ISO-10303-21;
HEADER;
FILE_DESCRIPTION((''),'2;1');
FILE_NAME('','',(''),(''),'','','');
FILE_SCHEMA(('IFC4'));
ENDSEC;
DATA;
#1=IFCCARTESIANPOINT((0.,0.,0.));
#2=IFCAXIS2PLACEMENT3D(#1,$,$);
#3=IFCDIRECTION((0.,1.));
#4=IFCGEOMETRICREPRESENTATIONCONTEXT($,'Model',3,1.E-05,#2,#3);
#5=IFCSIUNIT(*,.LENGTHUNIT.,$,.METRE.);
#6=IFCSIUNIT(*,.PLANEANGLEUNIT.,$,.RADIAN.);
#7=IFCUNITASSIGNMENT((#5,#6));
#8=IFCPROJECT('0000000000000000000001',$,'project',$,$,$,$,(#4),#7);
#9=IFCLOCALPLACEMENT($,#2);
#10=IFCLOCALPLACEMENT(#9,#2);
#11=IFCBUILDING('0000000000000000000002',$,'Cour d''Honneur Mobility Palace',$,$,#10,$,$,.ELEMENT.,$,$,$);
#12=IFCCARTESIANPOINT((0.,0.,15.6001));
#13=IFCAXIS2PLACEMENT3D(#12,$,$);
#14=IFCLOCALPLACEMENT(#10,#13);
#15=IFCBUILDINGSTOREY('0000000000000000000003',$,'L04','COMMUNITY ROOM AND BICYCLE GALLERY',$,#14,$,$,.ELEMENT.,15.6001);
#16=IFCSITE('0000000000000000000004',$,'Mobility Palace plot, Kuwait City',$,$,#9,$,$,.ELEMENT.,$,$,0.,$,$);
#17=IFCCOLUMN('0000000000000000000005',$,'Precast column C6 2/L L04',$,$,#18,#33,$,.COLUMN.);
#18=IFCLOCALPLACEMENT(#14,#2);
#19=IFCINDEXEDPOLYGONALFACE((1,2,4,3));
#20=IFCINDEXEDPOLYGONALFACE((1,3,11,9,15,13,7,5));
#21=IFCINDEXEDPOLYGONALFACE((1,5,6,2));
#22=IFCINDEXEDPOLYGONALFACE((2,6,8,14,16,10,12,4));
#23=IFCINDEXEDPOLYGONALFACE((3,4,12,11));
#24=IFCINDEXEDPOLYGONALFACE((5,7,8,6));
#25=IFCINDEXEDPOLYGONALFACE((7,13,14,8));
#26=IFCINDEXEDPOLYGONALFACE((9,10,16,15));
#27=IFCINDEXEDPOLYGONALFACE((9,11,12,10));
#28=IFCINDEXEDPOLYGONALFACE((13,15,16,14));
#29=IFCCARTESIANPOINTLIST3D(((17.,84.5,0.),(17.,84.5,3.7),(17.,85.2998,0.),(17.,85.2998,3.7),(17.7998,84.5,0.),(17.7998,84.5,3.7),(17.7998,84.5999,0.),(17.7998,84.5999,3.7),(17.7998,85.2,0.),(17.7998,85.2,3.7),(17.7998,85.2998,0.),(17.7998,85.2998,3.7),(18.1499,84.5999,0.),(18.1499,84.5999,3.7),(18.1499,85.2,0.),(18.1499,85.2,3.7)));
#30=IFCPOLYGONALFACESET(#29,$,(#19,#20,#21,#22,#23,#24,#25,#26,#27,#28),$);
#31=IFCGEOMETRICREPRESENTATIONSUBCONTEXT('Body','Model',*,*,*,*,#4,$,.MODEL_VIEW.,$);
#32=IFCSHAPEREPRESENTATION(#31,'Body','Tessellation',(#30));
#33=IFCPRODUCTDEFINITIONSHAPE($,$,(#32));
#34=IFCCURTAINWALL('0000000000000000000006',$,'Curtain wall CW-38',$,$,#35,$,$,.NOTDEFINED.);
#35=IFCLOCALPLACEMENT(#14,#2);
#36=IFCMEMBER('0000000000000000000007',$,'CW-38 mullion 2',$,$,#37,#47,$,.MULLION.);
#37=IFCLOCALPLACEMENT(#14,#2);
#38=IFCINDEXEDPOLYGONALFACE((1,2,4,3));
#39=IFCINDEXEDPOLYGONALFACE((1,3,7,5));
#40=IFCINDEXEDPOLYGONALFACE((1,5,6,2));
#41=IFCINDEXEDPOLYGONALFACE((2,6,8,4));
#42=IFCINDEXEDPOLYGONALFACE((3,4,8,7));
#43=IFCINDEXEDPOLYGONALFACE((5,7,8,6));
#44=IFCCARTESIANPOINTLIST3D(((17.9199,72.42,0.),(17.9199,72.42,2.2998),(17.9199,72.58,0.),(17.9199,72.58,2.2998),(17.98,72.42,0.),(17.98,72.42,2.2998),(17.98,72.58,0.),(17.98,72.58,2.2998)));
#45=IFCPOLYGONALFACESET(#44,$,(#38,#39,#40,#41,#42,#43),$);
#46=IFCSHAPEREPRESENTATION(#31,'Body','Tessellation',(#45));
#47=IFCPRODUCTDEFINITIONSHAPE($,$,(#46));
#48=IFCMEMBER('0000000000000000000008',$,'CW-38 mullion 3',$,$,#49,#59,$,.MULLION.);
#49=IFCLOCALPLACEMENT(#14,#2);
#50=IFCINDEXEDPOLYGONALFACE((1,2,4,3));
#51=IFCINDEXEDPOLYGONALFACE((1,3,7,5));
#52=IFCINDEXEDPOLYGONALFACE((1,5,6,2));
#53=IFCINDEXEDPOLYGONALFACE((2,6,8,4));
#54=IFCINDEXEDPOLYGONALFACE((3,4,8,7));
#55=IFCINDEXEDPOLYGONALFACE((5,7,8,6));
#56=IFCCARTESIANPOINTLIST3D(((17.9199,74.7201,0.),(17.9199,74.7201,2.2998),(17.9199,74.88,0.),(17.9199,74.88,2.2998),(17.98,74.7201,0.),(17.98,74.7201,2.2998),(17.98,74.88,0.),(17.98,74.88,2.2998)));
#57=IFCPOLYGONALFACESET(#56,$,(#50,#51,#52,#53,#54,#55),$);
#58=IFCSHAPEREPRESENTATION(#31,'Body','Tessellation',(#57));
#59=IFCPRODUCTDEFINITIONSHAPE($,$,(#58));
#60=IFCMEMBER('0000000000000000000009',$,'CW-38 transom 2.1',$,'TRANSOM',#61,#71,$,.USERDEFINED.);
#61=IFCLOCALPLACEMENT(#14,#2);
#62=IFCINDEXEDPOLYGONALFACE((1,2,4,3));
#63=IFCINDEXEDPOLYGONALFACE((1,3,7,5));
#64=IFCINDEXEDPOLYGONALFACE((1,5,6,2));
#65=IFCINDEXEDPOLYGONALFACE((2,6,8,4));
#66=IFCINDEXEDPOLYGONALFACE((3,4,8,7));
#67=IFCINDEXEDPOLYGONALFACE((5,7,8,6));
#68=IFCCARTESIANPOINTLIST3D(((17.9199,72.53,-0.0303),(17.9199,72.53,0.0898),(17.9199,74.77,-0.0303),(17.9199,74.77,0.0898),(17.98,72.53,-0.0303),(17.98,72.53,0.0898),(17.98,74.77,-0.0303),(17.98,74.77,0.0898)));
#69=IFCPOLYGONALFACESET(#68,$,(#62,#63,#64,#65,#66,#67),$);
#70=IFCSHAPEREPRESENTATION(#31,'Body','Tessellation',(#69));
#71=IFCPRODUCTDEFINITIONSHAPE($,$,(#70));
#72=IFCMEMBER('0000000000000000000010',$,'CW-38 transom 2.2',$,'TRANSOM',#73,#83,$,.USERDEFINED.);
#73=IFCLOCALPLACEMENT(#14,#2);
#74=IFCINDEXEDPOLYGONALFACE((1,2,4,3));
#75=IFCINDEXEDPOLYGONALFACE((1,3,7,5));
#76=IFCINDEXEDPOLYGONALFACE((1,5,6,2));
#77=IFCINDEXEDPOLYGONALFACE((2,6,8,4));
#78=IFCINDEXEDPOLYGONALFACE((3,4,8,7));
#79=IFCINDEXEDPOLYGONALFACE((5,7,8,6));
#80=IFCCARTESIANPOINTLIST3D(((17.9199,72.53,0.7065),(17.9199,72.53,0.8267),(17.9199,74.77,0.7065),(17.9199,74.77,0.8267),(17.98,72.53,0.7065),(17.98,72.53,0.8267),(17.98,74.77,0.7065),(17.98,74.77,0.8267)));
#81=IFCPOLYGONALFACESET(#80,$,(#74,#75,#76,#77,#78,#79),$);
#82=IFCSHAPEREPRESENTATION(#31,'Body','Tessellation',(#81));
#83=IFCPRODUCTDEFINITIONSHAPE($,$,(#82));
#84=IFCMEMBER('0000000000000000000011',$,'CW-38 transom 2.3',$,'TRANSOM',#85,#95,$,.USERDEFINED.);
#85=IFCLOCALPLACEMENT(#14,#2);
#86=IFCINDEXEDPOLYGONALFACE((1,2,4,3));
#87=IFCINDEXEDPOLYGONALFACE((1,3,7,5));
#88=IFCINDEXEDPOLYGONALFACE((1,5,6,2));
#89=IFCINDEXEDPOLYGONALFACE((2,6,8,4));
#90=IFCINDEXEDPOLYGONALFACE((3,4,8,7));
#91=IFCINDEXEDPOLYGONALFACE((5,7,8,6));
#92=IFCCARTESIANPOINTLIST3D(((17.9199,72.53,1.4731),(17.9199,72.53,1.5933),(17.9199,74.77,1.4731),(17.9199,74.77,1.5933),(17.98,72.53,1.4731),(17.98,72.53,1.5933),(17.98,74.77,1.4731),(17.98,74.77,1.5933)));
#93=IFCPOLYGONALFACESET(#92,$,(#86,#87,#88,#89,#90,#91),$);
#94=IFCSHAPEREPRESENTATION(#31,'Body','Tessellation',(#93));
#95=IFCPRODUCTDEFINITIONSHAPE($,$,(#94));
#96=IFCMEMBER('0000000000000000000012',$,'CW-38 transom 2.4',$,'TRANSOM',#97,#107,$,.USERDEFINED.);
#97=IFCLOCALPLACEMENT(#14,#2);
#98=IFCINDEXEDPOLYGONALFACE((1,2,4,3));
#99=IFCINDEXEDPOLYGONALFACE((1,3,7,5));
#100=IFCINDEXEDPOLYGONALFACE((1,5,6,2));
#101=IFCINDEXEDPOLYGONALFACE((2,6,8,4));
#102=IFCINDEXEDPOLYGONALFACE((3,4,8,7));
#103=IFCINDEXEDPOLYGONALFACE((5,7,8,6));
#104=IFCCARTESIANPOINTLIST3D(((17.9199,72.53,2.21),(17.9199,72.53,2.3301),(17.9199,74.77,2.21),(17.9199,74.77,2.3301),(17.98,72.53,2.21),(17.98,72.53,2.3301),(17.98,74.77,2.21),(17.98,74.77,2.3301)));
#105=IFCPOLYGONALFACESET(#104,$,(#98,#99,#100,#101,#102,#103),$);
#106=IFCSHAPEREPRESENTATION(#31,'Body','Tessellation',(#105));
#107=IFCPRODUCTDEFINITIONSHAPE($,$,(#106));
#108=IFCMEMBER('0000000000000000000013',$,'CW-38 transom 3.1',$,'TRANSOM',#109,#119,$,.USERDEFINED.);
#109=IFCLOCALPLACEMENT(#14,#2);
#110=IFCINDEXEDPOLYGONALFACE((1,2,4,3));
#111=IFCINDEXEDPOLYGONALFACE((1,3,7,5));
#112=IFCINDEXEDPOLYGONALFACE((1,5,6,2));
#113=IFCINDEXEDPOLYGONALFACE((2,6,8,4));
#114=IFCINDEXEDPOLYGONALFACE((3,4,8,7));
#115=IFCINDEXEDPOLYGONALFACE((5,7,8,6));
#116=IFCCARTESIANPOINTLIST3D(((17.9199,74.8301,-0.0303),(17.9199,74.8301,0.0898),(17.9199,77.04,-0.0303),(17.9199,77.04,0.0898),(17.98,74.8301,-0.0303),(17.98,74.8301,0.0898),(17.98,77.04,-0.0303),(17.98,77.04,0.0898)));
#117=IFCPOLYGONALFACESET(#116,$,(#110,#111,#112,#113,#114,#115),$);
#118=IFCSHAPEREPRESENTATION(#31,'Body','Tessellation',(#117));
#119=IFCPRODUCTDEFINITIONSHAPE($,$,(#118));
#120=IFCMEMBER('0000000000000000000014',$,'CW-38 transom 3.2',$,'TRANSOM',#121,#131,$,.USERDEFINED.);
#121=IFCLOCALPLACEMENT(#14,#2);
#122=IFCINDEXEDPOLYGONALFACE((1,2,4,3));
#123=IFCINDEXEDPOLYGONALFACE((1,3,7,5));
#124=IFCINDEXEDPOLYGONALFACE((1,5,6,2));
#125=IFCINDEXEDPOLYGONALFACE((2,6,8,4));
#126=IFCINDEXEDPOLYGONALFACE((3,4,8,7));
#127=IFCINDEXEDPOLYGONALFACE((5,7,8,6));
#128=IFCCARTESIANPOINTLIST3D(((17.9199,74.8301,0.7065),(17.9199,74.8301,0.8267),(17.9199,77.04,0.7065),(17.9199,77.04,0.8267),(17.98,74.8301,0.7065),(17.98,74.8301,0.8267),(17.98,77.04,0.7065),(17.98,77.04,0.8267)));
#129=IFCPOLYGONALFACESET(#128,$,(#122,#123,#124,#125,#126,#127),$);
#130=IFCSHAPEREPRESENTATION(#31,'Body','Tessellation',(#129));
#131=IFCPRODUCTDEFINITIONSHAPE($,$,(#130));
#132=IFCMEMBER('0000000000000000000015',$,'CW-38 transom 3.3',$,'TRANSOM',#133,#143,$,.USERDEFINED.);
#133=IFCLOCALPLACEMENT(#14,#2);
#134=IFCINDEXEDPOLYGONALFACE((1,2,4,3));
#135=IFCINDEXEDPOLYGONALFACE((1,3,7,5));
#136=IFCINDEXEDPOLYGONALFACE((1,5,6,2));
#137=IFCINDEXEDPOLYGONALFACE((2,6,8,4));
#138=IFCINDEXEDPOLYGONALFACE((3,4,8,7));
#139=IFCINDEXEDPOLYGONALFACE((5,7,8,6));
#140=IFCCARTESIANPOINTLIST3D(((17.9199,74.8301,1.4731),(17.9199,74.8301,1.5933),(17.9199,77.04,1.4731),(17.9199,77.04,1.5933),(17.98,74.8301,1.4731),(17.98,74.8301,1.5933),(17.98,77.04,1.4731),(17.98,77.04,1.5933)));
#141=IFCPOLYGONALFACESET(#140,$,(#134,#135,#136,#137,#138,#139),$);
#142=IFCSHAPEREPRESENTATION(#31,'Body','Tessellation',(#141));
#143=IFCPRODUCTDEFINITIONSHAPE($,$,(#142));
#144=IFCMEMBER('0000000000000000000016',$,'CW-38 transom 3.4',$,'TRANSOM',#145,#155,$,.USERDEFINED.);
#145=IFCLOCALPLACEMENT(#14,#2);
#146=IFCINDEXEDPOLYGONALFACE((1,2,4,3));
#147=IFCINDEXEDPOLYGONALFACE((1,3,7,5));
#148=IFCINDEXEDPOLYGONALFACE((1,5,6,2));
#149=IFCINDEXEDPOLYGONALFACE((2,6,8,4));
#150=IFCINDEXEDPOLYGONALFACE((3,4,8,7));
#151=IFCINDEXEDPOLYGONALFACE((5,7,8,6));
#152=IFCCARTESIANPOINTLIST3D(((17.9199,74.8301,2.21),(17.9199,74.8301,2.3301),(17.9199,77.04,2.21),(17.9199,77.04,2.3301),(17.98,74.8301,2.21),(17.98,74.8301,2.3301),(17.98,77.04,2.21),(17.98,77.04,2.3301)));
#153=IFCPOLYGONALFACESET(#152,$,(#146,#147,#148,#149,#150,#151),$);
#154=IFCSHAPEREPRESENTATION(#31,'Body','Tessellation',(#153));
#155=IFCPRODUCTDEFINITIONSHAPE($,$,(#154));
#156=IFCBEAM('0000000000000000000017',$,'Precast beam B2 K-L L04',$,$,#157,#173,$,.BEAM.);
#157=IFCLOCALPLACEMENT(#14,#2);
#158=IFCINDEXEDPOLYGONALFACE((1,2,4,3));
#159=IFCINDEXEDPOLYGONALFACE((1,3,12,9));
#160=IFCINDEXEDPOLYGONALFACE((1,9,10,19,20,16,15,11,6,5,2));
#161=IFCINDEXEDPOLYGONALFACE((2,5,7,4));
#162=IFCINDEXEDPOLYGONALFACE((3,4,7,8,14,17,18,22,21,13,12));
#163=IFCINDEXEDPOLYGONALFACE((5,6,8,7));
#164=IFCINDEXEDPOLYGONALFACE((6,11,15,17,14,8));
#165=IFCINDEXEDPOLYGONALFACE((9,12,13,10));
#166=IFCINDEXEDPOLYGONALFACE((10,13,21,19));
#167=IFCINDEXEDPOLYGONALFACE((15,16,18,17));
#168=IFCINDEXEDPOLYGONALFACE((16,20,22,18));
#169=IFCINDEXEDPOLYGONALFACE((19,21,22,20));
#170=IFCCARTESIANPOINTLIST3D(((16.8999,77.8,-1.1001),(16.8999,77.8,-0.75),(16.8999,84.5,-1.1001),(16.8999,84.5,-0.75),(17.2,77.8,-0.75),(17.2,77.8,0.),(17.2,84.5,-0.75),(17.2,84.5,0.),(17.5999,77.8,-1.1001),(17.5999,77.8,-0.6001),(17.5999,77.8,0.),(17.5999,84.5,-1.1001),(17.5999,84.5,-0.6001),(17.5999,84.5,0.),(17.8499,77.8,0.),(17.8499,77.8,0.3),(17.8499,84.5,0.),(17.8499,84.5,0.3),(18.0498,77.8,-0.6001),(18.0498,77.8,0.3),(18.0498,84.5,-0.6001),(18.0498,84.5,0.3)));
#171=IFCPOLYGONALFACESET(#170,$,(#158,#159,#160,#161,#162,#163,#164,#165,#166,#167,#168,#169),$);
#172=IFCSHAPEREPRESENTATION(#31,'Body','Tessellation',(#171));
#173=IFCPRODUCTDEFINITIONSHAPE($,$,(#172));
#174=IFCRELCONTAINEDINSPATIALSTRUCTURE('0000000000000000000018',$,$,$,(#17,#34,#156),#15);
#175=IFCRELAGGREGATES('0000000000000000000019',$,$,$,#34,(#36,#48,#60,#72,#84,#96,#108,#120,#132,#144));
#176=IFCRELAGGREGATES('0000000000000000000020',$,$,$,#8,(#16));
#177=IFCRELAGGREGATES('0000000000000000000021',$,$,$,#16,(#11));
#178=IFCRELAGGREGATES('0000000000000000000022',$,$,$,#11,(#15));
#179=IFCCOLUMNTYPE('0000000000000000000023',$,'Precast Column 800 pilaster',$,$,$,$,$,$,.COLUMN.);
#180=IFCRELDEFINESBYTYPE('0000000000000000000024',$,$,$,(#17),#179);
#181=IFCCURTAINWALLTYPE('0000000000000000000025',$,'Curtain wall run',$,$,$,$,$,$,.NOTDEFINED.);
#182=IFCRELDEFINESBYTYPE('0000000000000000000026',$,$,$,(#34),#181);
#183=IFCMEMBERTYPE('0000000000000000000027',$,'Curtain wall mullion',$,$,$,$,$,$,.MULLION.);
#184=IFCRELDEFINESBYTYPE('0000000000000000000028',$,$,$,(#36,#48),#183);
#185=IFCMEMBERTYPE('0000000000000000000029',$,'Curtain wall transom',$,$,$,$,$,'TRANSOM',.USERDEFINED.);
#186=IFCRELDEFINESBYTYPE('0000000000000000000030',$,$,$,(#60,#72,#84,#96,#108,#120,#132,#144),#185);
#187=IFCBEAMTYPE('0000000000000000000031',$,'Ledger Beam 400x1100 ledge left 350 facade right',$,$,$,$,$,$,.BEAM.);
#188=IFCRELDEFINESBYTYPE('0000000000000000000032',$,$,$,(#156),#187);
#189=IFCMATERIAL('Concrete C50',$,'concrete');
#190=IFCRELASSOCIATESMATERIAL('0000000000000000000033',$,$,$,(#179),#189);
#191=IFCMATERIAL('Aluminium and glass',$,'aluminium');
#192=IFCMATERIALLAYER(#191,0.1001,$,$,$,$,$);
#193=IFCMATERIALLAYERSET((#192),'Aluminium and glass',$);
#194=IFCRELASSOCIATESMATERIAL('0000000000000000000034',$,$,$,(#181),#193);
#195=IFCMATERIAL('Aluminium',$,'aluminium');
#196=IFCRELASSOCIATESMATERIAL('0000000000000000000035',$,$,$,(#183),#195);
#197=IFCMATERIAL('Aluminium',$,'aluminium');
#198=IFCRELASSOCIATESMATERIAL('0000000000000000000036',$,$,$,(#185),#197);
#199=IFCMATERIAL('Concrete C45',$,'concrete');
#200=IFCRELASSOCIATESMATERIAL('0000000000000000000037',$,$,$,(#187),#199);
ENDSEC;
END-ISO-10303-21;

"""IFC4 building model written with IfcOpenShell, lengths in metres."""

from ifc_helpers import new_model, si_unit, direction, frame, origin, origin_2d, place, context, subcontext, project, spatial, polyline, rectangle, outline, extrude, material, layer, layer_set, material_profile, profile_set, type_object, element, aggregate, save


model = new_model("IFC4")

# Units and contexts
model_context = context("Model", 3, precision=1e-05, world=origin(), true_north=direction((0.0, 1.0)))
body_context = subcontext(model_context, "Body", "Model", "MODEL_VIEW")
ifc_project = project(units=[si_unit("LENGTHUNIT", "METRE"), si_unit("PLANEANGLEUNIT", "RADIAN")], contexts=[model_context])

# Site, building, storey
site_placement = place(None, origin())
site = spatial("IfcSite", under=ifc_project, at=site_placement, Name="Mobility Palace plot, Kuwait City", CompositionType="ELEMENT", RefElevation=0.0)
building_placement = place(site_placement, origin())
building = spatial("IfcBuilding", under=site, at=building_placement, Name="Cour d'Honneur Mobility Palace", CompositionType="ELEMENT")
storey_placement = place(building_placement, frame((0.0, 0.0, 15.6001)))
storey = spatial("IfcBuildingStorey", under=building, at=storey_placement, Name="L04", Description="COMMUNITY ROOM AND BICYCLE GALLERY", CompositionType="ELEMENT", Elevation=15.6001)

# Column
ifc_material_1 = material(Name="Concrete C50", Category="concrete")
ifc_material_profile_1 = material_profile(ifc_material_1, outline(polyline([(-0.3999, -0.3999), (0.3999, -0.3999), (0.3999, -0.3), (0.75, -0.3), (0.75, 0.3), (0.3999, 0.3), (0.3999, 0.3999), (-0.3999, 0.3999), (-0.3999, -0.3999)])), Name="PC C800 pilaster")
ifc_profile_set_1 = profile_set([ifc_material_profile_1], Name="Concrete C50")
column_type = type_object("IfcColumnType", Name="Precast Column 800 pilaster", PredefinedType="COLUMN", material=ifc_profile_set_1)
column_placement = place(storey_placement, frame((17.3999, 84.8999, 0.0), z_axis=(0.0, 0.0, 1.0), x_axis=(1.0, 0.0, 0.0)))
element("IfcColumn", 1, at=column_placement, inside=storey, type_object=column_type, Name="Precast column C6 2/L L04", PredefinedType="COLUMN", context=body_context, shape_type="SweptSolid", body=[
    extrude(outline(polyline([(-0.3999, -0.3999), (0.3999, -0.3999), (0.3999, -0.3), (0.75, -0.3), (0.75, 0.3), (0.3999, 0.3), (0.3999, 0.3999), (-0.3999, 0.3999), (-0.3999, -0.3999)])), origin(), (0.0, 0.0, 1.0), 3.7),
])

# Curtain wall, members
ifc_material_2 = material(Name="Aluminium and glass", Category="aluminium")
ifc_layer_1 = layer(ifc_material_2, 0.1001)
ifc_layer_set_1 = layer_set([ifc_layer_1], Name="Aluminium and glass")
curtain_wall_type = type_object("IfcCurtainWallType", Name="Curtain wall run", PredefinedType="NOTDEFINED", material=ifc_layer_set_1)
curtain_wall_placement = place(storey_placement, origin())
curtain_wall = element("IfcCurtainWall", 2, at=curtain_wall_placement, inside=storey, type_object=curtain_wall_type, Name="Curtain wall CW-38", PredefinedType="NOTDEFINED")
ifc_material_3 = material(Name="Aluminium", Category="aluminium")
ifc_material_profile_2 = material_profile(ifc_material_3, rectangle(XDim=0.0601, YDim=0.1599, at=origin_2d()), Name="Curtain wall mullion")
ifc_profile_set_2 = profile_set([ifc_material_profile_2], Name="Aluminium")
member_type_1 = type_object("IfcMemberType", Name="Curtain wall mullion", PredefinedType="MULLION", material=ifc_profile_set_2)
member_1_placement = place(storey_placement, frame((17.95, 72.5, 0.0), z_axis=(0.0, 0.0, 1.0), x_axis=(-1.0, 0.0, 0.0)))
member_1 = element("IfcMember", 3, at=member_1_placement, type_object=member_type_1, Name="CW-38 mullion 2", PredefinedType="MULLION", context=body_context, shape_type="SweptSolid", body=[
    extrude(rectangle(XDim=0.0601, YDim=0.1599, at=origin_2d()), origin(), (0.0, 0.0, 1.0), 2.2998),
])
member_2_placement = place(storey_placement, frame((17.95, 74.8, 0.0), z_axis=(0.0, 0.0, 1.0), x_axis=(-1.0, 0.0, 0.0)))
member_2 = element("IfcMember", 4, at=member_2_placement, type_object=member_type_1, Name="CW-38 mullion 3", PredefinedType="MULLION", context=body_context, shape_type="SweptSolid", body=[
    extrude(rectangle(XDim=0.0601, YDim=0.1599, at=origin_2d()), origin(), (0.0, 0.0, 1.0), 2.2998),
])
ifc_material_4 = material(Name="Aluminium", Category="aluminium")
ifc_material_profile_3 = material_profile(ifc_material_4, rectangle(XDim=0.0601, YDim=0.1201, at=origin_2d()), Name="Curtain wall transom")
ifc_profile_set_3 = profile_set([ifc_material_profile_3], Name="Aluminium")
member_type_2 = type_object("IfcMemberType", Name="Curtain wall transom", ElementType="TRANSOM", PredefinedType="USERDEFINED", material=ifc_profile_set_3)
member_3_placement = place(storey_placement, frame((17.95, 72.53, 0.0298), z_axis=(0.0, 1.0, 0.0), x_axis=(-1.0, 0.0, 0.0)))
member_3 = element("IfcMember", 5, at=member_3_placement, type_object=member_type_2, Name="CW-38 transom 2.1", ObjectType="TRANSOM", PredefinedType="USERDEFINED", context=body_context, shape_type="SweptSolid", body=[
    extrude(rectangle(XDim=0.0601, YDim=0.1201, at=origin_2d()), origin(), (0.0, 0.0, 1.0), 2.24),
])
member_4_placement = place(storey_placement, frame((17.95, 72.53, 0.7666), z_axis=(0.0, 1.0, 0.0), x_axis=(-1.0, 0.0, 0.0)))
member_4 = element("IfcMember", 6, at=member_4_placement, type_object=member_type_2, Name="CW-38 transom 2.2", ObjectType="TRANSOM", PredefinedType="USERDEFINED", context=body_context, shape_type="SweptSolid", body=[
    extrude(rectangle(XDim=0.0601, YDim=0.1201, at=origin_2d()), origin(), (0.0, 0.0, 1.0), 2.24),
])
member_5_placement = place(storey_placement, frame((17.95, 72.53, 1.5332), z_axis=(0.0, 1.0, 0.0), x_axis=(-1.0, 0.0, 0.0)))
member_5 = element("IfcMember", 7, at=member_5_placement, type_object=member_type_2, Name="CW-38 transom 2.3", ObjectType="TRANSOM", PredefinedType="USERDEFINED", context=body_context, shape_type="SweptSolid", body=[
    extrude(rectangle(XDim=0.0601, YDim=0.1201, at=origin_2d()), origin(), (0.0, 0.0, 1.0), 2.24),
])
member_6_placement = place(storey_placement, frame((17.95, 72.53, 2.27), z_axis=(0.0, 1.0, 0.0), x_axis=(-1.0, 0.0, 0.0)))
member_6 = element("IfcMember", 8, at=member_6_placement, type_object=member_type_2, Name="CW-38 transom 2.4", ObjectType="TRANSOM", PredefinedType="USERDEFINED", context=body_context, shape_type="SweptSolid", body=[
    extrude(rectangle(XDim=0.0601, YDim=0.1201, at=origin_2d()), origin(), (0.0, 0.0, 1.0), 2.24),
])
member_7_placement = place(storey_placement, frame((17.95, 74.8301, 0.0298), z_axis=(0.0, 1.0, 0.0), x_axis=(-1.0, 0.0, 0.0)))
member_7 = element("IfcMember", 9, at=member_7_placement, type_object=member_type_2, Name="CW-38 transom 3.1", ObjectType="TRANSOM", PredefinedType="USERDEFINED", context=body_context, shape_type="SweptSolid", body=[
    extrude(rectangle(XDim=0.0601, YDim=0.1201, at=origin_2d()), origin(), (0.0, 0.0, 1.0), 2.21),
])
member_8_placement = place(storey_placement, frame((17.95, 74.8301, 0.7666), z_axis=(0.0, 1.0, 0.0), x_axis=(-1.0, 0.0, 0.0)))
member_8 = element("IfcMember", 10, at=member_8_placement, type_object=member_type_2, Name="CW-38 transom 3.2", ObjectType="TRANSOM", PredefinedType="USERDEFINED", context=body_context, shape_type="SweptSolid", body=[
    extrude(rectangle(XDim=0.0601, YDim=0.1201, at=origin_2d()), origin(), (0.0, 0.0, 1.0), 2.21),
])
member_9_placement = place(storey_placement, frame((17.95, 74.8301, 1.5332), z_axis=(0.0, 1.0, 0.0), x_axis=(-1.0, 0.0, 0.0)))
member_9 = element("IfcMember", 11, at=member_9_placement, type_object=member_type_2, Name="CW-38 transom 3.3", ObjectType="TRANSOM", PredefinedType="USERDEFINED", context=body_context, shape_type="SweptSolid", body=[
    extrude(rectangle(XDim=0.0601, YDim=0.1201, at=origin_2d()), origin(), (0.0, 0.0, 1.0), 2.21),
])
member_10_placement = place(storey_placement, frame((17.95, 74.8301, 2.27), z_axis=(0.0, 1.0, 0.0), x_axis=(-1.0, 0.0, 0.0)))
member_10 = element("IfcMember", 12, at=member_10_placement, type_object=member_type_2, Name="CW-38 transom 3.4", ObjectType="TRANSOM", PredefinedType="USERDEFINED", context=body_context, shape_type="SweptSolid", body=[
    extrude(rectangle(XDim=0.0601, YDim=0.1201, at=origin_2d()), origin(), (0.0, 0.0, 1.0), 2.21),
])

# Beam
ifc_material_5 = material(Name="Concrete C45", Category="concrete")
ifc_material_profile_4 = material_profile(ifc_material_5, outline(polyline([(0.5, -1.1001), (0.5, -0.75), (0.2, -0.75), (0.2, 0.0), (-0.2, 0.0), (-0.45, 0.0), (-0.45, 0.3), (-0.6499, 0.3), (-0.6499, -0.6001), (-0.2, -0.6001), (-0.2, -1.1001), (0.5, -1.1001)])), Name="Ledger Beam 400x1100 ledge left 350 facade right")
ifc_profile_set_4 = profile_set([ifc_material_profile_4], Name="Concrete C45")
beam_type = type_object("IfcBeamType", Name="Ledger Beam 400x1100 ledge left 350 facade right", PredefinedType="BEAM", material=ifc_profile_set_4)
for number, where, z_axis, x_axis, name in (
    (13, (17.3999, 77.8, 0.0), (0.0, 1.0, 0.0), (-1.0, 0.0, 0.0), "Precast beam B2 K-L L04"),
):
    element("IfcBeam", number, at=place(storey_placement, frame(where, z_axis=z_axis, x_axis=x_axis)), inside=storey, type_object=beam_type, Name=name, PredefinedType="BEAM", context=body_context, shape_type="SweptSolid", body=[
        extrude(outline(polyline([(0.5, -1.1001), (0.5, -0.75), (0.2, -0.75), (0.2, 0.0), (-0.2, 0.0), (-0.45, 0.0), (-0.45, 0.3), (-0.6499, 0.3), (-0.6499, -0.6001), (-0.2, -0.6001), (-0.2, -1.1001), (0.5, -1.1001)])), origin(), (0.0, 0.0, 1.0), 6.7),
    ])

aggregate(curtain_wall, [member_1, member_2, member_3, member_4, member_5, member_6, member_7, member_8, member_9, member_10])

save(model, "model.ifc")
